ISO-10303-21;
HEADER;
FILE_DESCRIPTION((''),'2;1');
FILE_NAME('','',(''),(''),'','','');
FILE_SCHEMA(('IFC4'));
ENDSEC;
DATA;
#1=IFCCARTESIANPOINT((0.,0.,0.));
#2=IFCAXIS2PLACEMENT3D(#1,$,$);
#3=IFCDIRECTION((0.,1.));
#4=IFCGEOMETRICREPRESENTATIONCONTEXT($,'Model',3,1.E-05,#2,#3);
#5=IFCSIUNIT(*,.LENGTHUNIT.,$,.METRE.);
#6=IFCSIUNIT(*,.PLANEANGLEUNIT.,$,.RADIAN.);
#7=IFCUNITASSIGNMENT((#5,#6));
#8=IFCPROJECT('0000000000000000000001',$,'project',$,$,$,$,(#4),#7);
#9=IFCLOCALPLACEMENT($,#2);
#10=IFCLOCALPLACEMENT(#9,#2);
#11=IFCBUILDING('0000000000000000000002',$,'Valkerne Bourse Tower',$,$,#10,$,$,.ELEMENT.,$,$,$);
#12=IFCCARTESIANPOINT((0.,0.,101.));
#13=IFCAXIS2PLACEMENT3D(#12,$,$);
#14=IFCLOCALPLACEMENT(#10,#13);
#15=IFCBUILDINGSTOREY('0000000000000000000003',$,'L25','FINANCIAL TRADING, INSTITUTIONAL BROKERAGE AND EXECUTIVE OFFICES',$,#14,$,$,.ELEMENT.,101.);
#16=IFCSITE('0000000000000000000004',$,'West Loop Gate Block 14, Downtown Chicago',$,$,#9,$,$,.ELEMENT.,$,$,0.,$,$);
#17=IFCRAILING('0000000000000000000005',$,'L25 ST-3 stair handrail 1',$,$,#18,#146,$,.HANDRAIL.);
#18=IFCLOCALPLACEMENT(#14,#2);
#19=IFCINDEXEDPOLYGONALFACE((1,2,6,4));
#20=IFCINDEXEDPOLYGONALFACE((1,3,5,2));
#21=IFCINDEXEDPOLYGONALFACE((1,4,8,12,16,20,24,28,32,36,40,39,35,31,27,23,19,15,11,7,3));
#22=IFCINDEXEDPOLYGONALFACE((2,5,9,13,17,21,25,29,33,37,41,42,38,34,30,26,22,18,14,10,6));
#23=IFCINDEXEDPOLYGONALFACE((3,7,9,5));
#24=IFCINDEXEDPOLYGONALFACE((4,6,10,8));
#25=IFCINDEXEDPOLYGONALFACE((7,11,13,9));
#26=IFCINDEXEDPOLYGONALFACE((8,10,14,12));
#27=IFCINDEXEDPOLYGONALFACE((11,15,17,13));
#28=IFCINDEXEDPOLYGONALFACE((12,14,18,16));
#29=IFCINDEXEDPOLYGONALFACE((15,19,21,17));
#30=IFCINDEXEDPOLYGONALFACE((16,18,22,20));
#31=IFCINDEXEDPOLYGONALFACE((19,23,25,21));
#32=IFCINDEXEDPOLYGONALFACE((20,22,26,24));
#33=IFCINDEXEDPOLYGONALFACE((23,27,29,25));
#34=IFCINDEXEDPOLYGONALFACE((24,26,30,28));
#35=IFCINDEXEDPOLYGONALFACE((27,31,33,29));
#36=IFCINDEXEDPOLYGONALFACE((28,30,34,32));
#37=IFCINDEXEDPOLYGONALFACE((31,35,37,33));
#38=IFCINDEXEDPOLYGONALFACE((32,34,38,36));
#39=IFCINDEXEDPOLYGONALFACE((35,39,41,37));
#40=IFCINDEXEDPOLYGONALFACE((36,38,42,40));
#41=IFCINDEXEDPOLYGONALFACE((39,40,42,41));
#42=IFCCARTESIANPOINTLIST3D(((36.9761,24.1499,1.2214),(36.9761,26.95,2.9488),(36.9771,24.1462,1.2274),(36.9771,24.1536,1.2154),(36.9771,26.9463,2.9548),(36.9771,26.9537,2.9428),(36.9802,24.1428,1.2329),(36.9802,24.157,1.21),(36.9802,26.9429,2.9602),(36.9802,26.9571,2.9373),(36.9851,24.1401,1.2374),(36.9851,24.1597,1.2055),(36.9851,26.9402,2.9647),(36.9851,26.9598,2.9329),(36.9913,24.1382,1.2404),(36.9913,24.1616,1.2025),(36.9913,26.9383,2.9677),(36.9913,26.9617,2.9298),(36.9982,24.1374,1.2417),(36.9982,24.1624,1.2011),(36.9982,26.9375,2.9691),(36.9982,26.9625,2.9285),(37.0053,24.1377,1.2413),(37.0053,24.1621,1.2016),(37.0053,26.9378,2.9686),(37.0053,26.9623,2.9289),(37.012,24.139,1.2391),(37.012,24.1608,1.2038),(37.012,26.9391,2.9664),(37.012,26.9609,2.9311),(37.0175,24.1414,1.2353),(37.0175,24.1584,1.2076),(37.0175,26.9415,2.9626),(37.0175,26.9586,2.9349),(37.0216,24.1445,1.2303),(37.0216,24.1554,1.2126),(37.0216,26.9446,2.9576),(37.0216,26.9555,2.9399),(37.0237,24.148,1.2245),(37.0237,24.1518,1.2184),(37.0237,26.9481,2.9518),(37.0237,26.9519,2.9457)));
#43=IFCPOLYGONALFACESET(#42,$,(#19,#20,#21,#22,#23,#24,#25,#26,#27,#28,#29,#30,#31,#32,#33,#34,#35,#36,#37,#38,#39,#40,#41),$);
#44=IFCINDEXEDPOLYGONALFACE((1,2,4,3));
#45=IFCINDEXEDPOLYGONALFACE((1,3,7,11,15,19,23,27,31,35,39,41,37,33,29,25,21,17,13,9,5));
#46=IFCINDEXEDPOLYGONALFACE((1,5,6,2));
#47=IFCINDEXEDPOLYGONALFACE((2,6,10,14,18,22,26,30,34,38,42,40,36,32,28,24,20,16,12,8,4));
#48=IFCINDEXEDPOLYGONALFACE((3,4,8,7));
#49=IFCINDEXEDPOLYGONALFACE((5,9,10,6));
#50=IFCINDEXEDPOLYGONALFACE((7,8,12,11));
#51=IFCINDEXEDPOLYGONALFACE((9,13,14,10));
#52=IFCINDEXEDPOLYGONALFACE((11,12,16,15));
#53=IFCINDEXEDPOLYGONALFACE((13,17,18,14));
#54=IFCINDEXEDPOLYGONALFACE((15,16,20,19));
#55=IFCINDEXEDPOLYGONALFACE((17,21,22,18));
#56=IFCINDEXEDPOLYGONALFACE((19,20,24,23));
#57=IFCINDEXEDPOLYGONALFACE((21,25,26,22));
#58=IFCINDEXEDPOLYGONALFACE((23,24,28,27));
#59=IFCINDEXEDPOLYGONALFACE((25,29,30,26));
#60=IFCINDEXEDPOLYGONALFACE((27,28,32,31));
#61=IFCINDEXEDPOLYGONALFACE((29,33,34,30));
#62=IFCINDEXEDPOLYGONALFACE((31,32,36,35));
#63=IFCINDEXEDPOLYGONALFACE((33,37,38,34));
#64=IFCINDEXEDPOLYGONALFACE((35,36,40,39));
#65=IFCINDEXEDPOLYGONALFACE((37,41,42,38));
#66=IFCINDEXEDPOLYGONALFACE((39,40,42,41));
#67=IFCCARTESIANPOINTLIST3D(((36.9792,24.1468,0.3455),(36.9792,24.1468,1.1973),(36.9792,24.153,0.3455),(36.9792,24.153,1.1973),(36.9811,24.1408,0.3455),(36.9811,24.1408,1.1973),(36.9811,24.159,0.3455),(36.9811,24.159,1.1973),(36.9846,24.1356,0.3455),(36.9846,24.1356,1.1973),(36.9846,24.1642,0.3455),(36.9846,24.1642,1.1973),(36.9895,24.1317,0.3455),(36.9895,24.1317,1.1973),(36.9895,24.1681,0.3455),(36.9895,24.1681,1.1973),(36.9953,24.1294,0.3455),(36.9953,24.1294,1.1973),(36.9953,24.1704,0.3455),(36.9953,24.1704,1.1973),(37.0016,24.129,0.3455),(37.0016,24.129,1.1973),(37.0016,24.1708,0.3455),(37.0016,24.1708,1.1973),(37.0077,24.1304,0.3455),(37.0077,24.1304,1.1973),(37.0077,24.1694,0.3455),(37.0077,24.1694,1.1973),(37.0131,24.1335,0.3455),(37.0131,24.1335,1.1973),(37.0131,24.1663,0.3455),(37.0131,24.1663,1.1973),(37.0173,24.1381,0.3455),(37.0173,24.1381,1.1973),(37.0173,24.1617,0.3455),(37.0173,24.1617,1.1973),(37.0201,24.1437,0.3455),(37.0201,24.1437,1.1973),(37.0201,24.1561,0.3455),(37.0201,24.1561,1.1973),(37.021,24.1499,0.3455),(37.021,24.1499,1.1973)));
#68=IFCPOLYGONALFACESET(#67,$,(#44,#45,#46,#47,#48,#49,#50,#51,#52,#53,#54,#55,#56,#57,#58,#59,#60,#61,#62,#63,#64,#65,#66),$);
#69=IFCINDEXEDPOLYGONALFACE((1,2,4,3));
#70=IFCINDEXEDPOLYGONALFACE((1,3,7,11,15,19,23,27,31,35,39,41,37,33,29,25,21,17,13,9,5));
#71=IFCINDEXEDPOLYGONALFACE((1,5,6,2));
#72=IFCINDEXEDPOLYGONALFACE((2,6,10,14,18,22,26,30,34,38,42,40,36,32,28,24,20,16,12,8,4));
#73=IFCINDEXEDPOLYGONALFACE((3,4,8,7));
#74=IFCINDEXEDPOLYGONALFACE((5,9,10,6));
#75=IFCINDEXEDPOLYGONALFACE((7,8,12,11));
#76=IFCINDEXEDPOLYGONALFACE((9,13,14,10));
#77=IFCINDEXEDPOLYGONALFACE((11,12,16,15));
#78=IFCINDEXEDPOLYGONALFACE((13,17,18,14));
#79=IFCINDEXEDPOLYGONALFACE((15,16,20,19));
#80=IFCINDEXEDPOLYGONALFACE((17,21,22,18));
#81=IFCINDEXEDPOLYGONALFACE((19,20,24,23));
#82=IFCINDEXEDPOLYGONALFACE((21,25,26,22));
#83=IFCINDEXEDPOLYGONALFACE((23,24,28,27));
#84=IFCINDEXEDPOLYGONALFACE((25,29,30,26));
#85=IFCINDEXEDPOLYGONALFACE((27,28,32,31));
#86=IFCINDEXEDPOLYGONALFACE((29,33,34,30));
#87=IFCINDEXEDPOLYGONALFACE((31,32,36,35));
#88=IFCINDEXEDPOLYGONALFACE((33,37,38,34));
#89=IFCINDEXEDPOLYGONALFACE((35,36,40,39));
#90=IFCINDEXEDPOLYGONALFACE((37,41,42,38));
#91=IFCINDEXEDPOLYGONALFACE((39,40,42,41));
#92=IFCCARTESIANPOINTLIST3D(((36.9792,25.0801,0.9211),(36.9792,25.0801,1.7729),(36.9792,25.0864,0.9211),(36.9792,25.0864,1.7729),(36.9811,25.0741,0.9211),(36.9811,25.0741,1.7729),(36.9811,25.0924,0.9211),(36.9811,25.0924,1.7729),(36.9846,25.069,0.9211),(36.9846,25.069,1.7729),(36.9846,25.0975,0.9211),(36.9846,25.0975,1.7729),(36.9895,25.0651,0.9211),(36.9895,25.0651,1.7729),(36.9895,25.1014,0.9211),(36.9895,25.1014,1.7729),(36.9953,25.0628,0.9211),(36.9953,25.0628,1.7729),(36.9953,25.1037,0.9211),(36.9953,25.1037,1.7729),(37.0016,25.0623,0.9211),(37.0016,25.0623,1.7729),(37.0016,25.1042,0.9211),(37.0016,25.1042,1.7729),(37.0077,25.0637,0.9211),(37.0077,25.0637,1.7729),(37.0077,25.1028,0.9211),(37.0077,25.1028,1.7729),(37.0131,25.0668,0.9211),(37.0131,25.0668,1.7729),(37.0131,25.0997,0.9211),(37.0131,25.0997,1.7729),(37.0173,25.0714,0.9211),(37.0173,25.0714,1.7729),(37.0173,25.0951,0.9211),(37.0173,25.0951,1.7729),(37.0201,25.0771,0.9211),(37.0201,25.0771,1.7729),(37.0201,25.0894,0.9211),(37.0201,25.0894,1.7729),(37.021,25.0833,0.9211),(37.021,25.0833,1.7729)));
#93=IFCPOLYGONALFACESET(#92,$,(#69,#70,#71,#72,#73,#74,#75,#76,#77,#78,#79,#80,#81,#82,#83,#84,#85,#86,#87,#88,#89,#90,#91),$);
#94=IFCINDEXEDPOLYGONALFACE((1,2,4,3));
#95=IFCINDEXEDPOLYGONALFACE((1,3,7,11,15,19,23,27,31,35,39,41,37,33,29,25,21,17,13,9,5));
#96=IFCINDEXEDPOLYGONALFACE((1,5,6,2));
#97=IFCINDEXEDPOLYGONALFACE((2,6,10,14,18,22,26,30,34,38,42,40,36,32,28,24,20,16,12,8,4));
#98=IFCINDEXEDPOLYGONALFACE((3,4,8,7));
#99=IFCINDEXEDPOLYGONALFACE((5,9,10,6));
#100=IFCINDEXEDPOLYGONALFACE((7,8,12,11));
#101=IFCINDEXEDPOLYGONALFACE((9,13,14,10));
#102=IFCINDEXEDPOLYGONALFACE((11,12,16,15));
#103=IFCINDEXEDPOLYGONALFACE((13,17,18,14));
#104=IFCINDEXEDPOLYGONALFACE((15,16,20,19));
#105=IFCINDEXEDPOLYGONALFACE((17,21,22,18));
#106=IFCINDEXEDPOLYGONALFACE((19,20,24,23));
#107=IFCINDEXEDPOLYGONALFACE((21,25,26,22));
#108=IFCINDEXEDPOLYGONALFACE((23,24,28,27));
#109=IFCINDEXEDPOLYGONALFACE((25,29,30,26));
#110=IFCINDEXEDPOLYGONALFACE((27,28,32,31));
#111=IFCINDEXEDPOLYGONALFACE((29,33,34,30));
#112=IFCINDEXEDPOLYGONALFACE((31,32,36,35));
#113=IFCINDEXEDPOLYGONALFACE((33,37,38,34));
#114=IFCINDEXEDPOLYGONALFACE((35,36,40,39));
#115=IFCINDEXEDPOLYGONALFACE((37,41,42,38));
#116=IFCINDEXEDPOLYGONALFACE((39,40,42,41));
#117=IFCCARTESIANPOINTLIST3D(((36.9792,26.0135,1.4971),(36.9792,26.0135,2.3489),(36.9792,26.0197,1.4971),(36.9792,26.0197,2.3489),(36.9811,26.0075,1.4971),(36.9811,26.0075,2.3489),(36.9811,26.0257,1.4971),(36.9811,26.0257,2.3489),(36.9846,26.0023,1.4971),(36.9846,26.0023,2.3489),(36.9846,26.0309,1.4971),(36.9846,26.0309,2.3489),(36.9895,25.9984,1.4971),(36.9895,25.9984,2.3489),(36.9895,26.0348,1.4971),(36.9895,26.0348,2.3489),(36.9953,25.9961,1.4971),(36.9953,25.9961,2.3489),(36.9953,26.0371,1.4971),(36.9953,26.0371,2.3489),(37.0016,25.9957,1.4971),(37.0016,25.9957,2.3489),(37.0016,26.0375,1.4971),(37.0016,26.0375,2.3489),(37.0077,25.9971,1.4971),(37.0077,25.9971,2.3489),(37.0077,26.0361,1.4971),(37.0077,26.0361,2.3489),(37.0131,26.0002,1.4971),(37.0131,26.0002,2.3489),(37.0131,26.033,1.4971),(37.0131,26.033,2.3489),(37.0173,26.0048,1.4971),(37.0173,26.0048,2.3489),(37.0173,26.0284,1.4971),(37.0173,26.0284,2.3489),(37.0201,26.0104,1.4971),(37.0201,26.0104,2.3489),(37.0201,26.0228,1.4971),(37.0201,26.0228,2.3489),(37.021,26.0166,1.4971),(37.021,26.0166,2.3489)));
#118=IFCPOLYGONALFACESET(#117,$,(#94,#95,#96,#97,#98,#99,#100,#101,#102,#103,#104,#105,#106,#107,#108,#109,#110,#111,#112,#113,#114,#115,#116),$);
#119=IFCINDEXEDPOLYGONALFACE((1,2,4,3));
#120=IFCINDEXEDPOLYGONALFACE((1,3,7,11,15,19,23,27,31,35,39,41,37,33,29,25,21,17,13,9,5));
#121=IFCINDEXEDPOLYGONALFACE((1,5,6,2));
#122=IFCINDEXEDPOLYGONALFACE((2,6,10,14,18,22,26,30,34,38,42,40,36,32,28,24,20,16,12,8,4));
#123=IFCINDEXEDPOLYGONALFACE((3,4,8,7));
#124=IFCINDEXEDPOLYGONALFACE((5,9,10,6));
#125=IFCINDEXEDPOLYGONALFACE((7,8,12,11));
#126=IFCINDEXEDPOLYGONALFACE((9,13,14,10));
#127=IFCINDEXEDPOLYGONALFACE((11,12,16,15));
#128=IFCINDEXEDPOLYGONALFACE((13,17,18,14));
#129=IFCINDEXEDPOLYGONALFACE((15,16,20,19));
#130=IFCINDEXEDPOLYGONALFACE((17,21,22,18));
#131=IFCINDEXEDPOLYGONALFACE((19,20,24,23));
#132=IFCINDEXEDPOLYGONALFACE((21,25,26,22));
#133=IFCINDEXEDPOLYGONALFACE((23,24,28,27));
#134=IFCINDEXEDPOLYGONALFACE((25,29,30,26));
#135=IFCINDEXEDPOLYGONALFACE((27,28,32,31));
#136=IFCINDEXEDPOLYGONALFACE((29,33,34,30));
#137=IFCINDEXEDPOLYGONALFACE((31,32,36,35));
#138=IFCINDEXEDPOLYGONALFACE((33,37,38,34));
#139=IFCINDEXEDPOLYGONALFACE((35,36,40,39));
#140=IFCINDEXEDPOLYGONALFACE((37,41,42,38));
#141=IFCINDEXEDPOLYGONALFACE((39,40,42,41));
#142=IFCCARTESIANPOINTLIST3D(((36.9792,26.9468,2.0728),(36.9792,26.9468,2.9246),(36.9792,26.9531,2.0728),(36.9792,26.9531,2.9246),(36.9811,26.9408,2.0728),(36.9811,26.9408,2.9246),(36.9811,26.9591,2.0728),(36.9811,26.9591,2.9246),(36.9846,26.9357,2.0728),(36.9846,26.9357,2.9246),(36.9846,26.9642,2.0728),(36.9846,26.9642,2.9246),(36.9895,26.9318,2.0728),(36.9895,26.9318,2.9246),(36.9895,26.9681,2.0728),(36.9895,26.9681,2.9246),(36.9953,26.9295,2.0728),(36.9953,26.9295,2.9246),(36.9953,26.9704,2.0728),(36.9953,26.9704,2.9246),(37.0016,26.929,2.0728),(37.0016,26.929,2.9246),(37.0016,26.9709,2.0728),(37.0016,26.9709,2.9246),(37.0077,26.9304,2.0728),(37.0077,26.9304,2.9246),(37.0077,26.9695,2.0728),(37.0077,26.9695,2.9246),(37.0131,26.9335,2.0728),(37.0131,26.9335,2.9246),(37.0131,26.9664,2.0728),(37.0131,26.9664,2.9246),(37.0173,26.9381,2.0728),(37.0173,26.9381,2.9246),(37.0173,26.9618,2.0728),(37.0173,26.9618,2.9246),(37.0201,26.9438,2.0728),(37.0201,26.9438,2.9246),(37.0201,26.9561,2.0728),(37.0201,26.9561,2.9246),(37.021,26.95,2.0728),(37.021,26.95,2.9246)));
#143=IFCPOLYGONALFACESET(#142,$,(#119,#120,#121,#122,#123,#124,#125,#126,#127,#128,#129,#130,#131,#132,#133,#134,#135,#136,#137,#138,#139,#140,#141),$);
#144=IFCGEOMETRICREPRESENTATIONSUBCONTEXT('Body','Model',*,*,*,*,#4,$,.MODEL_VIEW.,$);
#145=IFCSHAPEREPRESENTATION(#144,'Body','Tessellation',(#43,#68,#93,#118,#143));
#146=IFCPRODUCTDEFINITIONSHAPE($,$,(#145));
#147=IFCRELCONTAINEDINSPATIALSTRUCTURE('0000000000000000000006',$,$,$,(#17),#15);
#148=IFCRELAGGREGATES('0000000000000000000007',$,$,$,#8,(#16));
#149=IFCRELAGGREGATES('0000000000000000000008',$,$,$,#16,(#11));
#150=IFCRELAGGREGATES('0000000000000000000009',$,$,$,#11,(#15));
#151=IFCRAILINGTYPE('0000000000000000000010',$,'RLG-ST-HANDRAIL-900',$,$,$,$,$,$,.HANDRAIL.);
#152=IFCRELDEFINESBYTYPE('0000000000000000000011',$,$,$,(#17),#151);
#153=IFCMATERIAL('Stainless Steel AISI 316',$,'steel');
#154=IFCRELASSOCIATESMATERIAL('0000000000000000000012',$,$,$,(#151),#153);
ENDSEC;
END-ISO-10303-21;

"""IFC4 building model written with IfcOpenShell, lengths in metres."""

from ifc_helpers import new_model, si_unit, direction, frame, origin, origin_2d, place, context, subcontext, project, spatial, circle, extrude, material, type_object, element, save


model = new_model("IFC4")

# Units and contexts
model_context = context("Model", 3, precision=1e-05, world=origin(), true_north=direction((0.0, 1.0)))
body_context = subcontext(model_context, "Body", "Model", "MODEL_VIEW")
ifc_project = project(units=[si_unit("LENGTHUNIT", "METRE"), si_unit("PLANEANGLEUNIT", "RADIAN")], contexts=[model_context])

# Site, building, storey
site_placement = place(None, origin())
site = spatial("IfcSite", under=ifc_project, at=site_placement, Name="West Loop Gate Block 14, Downtown Chicago", CompositionType="ELEMENT", RefElevation=0.0)
building_placement = place(site_placement, origin())
building = spatial("IfcBuilding", under=site, at=building_placement, Name="Valkerne Bourse Tower", CompositionType="ELEMENT")
storey_placement = place(building_placement, frame((0.0, 0.0, 101.0)))
storey = spatial("IfcBuildingStorey", under=building, at=storey_placement, Name="L25", Description="FINANCIAL TRADING, INSTITUTIONAL BROKERAGE AND EXECUTIVE OFFICES", CompositionType="ELEMENT", Elevation=101.0)

# Railing
ifc_material_1 = material(Name="Stainless Steel AISI 316", Category="steel")
railing_type_1 = type_object("IfcRailingType", Name="RLG-ST-HANDRAIL-900", PredefinedType="HANDRAIL", material=ifc_material_1)
railing_1_placement = place(storey_placement, frame((37.0, 24.1499, 0.3455)))
element("IfcRailing", 1, at=railing_1_placement, inside=storey, type_object=railing_type_1, Name="L25 ST-3 stair handrail 1", PredefinedType="HANDRAIL", context=body_context, shape_type="SweptSolid", body=[
    extrude(circle(Radius=0.0239, at=origin_2d()), frame((0.0, 0.0, 0.876), z_axis=(0.0, 0.85109, 0.52502), x_axis=(-1.0, 0.0, 0.0)), (0.0, 0.0, 1.0), 3.29),
    extrude(circle(Radius=0.021, at=origin_2d()), origin(), (0.0, 0.0, 1.0), 0.8518),
    extrude(circle(Radius=0.021, at=origin_2d()), frame((0.0, 0.9333, 0.5757)), (0.0, 0.0, 1.0), 0.8518),
    extrude(circle(Radius=0.021, at=origin_2d()), frame((0.0, 1.8667, 1.1516)), (0.0, 0.0, 1.0), 0.8518),
    extrude(circle(Radius=0.021, at=origin_2d()), frame((0.0, 2.8, 1.7273)), (0.0, 0.0, 1.0), 0.8518),
])

save(model, "model.ifc")
